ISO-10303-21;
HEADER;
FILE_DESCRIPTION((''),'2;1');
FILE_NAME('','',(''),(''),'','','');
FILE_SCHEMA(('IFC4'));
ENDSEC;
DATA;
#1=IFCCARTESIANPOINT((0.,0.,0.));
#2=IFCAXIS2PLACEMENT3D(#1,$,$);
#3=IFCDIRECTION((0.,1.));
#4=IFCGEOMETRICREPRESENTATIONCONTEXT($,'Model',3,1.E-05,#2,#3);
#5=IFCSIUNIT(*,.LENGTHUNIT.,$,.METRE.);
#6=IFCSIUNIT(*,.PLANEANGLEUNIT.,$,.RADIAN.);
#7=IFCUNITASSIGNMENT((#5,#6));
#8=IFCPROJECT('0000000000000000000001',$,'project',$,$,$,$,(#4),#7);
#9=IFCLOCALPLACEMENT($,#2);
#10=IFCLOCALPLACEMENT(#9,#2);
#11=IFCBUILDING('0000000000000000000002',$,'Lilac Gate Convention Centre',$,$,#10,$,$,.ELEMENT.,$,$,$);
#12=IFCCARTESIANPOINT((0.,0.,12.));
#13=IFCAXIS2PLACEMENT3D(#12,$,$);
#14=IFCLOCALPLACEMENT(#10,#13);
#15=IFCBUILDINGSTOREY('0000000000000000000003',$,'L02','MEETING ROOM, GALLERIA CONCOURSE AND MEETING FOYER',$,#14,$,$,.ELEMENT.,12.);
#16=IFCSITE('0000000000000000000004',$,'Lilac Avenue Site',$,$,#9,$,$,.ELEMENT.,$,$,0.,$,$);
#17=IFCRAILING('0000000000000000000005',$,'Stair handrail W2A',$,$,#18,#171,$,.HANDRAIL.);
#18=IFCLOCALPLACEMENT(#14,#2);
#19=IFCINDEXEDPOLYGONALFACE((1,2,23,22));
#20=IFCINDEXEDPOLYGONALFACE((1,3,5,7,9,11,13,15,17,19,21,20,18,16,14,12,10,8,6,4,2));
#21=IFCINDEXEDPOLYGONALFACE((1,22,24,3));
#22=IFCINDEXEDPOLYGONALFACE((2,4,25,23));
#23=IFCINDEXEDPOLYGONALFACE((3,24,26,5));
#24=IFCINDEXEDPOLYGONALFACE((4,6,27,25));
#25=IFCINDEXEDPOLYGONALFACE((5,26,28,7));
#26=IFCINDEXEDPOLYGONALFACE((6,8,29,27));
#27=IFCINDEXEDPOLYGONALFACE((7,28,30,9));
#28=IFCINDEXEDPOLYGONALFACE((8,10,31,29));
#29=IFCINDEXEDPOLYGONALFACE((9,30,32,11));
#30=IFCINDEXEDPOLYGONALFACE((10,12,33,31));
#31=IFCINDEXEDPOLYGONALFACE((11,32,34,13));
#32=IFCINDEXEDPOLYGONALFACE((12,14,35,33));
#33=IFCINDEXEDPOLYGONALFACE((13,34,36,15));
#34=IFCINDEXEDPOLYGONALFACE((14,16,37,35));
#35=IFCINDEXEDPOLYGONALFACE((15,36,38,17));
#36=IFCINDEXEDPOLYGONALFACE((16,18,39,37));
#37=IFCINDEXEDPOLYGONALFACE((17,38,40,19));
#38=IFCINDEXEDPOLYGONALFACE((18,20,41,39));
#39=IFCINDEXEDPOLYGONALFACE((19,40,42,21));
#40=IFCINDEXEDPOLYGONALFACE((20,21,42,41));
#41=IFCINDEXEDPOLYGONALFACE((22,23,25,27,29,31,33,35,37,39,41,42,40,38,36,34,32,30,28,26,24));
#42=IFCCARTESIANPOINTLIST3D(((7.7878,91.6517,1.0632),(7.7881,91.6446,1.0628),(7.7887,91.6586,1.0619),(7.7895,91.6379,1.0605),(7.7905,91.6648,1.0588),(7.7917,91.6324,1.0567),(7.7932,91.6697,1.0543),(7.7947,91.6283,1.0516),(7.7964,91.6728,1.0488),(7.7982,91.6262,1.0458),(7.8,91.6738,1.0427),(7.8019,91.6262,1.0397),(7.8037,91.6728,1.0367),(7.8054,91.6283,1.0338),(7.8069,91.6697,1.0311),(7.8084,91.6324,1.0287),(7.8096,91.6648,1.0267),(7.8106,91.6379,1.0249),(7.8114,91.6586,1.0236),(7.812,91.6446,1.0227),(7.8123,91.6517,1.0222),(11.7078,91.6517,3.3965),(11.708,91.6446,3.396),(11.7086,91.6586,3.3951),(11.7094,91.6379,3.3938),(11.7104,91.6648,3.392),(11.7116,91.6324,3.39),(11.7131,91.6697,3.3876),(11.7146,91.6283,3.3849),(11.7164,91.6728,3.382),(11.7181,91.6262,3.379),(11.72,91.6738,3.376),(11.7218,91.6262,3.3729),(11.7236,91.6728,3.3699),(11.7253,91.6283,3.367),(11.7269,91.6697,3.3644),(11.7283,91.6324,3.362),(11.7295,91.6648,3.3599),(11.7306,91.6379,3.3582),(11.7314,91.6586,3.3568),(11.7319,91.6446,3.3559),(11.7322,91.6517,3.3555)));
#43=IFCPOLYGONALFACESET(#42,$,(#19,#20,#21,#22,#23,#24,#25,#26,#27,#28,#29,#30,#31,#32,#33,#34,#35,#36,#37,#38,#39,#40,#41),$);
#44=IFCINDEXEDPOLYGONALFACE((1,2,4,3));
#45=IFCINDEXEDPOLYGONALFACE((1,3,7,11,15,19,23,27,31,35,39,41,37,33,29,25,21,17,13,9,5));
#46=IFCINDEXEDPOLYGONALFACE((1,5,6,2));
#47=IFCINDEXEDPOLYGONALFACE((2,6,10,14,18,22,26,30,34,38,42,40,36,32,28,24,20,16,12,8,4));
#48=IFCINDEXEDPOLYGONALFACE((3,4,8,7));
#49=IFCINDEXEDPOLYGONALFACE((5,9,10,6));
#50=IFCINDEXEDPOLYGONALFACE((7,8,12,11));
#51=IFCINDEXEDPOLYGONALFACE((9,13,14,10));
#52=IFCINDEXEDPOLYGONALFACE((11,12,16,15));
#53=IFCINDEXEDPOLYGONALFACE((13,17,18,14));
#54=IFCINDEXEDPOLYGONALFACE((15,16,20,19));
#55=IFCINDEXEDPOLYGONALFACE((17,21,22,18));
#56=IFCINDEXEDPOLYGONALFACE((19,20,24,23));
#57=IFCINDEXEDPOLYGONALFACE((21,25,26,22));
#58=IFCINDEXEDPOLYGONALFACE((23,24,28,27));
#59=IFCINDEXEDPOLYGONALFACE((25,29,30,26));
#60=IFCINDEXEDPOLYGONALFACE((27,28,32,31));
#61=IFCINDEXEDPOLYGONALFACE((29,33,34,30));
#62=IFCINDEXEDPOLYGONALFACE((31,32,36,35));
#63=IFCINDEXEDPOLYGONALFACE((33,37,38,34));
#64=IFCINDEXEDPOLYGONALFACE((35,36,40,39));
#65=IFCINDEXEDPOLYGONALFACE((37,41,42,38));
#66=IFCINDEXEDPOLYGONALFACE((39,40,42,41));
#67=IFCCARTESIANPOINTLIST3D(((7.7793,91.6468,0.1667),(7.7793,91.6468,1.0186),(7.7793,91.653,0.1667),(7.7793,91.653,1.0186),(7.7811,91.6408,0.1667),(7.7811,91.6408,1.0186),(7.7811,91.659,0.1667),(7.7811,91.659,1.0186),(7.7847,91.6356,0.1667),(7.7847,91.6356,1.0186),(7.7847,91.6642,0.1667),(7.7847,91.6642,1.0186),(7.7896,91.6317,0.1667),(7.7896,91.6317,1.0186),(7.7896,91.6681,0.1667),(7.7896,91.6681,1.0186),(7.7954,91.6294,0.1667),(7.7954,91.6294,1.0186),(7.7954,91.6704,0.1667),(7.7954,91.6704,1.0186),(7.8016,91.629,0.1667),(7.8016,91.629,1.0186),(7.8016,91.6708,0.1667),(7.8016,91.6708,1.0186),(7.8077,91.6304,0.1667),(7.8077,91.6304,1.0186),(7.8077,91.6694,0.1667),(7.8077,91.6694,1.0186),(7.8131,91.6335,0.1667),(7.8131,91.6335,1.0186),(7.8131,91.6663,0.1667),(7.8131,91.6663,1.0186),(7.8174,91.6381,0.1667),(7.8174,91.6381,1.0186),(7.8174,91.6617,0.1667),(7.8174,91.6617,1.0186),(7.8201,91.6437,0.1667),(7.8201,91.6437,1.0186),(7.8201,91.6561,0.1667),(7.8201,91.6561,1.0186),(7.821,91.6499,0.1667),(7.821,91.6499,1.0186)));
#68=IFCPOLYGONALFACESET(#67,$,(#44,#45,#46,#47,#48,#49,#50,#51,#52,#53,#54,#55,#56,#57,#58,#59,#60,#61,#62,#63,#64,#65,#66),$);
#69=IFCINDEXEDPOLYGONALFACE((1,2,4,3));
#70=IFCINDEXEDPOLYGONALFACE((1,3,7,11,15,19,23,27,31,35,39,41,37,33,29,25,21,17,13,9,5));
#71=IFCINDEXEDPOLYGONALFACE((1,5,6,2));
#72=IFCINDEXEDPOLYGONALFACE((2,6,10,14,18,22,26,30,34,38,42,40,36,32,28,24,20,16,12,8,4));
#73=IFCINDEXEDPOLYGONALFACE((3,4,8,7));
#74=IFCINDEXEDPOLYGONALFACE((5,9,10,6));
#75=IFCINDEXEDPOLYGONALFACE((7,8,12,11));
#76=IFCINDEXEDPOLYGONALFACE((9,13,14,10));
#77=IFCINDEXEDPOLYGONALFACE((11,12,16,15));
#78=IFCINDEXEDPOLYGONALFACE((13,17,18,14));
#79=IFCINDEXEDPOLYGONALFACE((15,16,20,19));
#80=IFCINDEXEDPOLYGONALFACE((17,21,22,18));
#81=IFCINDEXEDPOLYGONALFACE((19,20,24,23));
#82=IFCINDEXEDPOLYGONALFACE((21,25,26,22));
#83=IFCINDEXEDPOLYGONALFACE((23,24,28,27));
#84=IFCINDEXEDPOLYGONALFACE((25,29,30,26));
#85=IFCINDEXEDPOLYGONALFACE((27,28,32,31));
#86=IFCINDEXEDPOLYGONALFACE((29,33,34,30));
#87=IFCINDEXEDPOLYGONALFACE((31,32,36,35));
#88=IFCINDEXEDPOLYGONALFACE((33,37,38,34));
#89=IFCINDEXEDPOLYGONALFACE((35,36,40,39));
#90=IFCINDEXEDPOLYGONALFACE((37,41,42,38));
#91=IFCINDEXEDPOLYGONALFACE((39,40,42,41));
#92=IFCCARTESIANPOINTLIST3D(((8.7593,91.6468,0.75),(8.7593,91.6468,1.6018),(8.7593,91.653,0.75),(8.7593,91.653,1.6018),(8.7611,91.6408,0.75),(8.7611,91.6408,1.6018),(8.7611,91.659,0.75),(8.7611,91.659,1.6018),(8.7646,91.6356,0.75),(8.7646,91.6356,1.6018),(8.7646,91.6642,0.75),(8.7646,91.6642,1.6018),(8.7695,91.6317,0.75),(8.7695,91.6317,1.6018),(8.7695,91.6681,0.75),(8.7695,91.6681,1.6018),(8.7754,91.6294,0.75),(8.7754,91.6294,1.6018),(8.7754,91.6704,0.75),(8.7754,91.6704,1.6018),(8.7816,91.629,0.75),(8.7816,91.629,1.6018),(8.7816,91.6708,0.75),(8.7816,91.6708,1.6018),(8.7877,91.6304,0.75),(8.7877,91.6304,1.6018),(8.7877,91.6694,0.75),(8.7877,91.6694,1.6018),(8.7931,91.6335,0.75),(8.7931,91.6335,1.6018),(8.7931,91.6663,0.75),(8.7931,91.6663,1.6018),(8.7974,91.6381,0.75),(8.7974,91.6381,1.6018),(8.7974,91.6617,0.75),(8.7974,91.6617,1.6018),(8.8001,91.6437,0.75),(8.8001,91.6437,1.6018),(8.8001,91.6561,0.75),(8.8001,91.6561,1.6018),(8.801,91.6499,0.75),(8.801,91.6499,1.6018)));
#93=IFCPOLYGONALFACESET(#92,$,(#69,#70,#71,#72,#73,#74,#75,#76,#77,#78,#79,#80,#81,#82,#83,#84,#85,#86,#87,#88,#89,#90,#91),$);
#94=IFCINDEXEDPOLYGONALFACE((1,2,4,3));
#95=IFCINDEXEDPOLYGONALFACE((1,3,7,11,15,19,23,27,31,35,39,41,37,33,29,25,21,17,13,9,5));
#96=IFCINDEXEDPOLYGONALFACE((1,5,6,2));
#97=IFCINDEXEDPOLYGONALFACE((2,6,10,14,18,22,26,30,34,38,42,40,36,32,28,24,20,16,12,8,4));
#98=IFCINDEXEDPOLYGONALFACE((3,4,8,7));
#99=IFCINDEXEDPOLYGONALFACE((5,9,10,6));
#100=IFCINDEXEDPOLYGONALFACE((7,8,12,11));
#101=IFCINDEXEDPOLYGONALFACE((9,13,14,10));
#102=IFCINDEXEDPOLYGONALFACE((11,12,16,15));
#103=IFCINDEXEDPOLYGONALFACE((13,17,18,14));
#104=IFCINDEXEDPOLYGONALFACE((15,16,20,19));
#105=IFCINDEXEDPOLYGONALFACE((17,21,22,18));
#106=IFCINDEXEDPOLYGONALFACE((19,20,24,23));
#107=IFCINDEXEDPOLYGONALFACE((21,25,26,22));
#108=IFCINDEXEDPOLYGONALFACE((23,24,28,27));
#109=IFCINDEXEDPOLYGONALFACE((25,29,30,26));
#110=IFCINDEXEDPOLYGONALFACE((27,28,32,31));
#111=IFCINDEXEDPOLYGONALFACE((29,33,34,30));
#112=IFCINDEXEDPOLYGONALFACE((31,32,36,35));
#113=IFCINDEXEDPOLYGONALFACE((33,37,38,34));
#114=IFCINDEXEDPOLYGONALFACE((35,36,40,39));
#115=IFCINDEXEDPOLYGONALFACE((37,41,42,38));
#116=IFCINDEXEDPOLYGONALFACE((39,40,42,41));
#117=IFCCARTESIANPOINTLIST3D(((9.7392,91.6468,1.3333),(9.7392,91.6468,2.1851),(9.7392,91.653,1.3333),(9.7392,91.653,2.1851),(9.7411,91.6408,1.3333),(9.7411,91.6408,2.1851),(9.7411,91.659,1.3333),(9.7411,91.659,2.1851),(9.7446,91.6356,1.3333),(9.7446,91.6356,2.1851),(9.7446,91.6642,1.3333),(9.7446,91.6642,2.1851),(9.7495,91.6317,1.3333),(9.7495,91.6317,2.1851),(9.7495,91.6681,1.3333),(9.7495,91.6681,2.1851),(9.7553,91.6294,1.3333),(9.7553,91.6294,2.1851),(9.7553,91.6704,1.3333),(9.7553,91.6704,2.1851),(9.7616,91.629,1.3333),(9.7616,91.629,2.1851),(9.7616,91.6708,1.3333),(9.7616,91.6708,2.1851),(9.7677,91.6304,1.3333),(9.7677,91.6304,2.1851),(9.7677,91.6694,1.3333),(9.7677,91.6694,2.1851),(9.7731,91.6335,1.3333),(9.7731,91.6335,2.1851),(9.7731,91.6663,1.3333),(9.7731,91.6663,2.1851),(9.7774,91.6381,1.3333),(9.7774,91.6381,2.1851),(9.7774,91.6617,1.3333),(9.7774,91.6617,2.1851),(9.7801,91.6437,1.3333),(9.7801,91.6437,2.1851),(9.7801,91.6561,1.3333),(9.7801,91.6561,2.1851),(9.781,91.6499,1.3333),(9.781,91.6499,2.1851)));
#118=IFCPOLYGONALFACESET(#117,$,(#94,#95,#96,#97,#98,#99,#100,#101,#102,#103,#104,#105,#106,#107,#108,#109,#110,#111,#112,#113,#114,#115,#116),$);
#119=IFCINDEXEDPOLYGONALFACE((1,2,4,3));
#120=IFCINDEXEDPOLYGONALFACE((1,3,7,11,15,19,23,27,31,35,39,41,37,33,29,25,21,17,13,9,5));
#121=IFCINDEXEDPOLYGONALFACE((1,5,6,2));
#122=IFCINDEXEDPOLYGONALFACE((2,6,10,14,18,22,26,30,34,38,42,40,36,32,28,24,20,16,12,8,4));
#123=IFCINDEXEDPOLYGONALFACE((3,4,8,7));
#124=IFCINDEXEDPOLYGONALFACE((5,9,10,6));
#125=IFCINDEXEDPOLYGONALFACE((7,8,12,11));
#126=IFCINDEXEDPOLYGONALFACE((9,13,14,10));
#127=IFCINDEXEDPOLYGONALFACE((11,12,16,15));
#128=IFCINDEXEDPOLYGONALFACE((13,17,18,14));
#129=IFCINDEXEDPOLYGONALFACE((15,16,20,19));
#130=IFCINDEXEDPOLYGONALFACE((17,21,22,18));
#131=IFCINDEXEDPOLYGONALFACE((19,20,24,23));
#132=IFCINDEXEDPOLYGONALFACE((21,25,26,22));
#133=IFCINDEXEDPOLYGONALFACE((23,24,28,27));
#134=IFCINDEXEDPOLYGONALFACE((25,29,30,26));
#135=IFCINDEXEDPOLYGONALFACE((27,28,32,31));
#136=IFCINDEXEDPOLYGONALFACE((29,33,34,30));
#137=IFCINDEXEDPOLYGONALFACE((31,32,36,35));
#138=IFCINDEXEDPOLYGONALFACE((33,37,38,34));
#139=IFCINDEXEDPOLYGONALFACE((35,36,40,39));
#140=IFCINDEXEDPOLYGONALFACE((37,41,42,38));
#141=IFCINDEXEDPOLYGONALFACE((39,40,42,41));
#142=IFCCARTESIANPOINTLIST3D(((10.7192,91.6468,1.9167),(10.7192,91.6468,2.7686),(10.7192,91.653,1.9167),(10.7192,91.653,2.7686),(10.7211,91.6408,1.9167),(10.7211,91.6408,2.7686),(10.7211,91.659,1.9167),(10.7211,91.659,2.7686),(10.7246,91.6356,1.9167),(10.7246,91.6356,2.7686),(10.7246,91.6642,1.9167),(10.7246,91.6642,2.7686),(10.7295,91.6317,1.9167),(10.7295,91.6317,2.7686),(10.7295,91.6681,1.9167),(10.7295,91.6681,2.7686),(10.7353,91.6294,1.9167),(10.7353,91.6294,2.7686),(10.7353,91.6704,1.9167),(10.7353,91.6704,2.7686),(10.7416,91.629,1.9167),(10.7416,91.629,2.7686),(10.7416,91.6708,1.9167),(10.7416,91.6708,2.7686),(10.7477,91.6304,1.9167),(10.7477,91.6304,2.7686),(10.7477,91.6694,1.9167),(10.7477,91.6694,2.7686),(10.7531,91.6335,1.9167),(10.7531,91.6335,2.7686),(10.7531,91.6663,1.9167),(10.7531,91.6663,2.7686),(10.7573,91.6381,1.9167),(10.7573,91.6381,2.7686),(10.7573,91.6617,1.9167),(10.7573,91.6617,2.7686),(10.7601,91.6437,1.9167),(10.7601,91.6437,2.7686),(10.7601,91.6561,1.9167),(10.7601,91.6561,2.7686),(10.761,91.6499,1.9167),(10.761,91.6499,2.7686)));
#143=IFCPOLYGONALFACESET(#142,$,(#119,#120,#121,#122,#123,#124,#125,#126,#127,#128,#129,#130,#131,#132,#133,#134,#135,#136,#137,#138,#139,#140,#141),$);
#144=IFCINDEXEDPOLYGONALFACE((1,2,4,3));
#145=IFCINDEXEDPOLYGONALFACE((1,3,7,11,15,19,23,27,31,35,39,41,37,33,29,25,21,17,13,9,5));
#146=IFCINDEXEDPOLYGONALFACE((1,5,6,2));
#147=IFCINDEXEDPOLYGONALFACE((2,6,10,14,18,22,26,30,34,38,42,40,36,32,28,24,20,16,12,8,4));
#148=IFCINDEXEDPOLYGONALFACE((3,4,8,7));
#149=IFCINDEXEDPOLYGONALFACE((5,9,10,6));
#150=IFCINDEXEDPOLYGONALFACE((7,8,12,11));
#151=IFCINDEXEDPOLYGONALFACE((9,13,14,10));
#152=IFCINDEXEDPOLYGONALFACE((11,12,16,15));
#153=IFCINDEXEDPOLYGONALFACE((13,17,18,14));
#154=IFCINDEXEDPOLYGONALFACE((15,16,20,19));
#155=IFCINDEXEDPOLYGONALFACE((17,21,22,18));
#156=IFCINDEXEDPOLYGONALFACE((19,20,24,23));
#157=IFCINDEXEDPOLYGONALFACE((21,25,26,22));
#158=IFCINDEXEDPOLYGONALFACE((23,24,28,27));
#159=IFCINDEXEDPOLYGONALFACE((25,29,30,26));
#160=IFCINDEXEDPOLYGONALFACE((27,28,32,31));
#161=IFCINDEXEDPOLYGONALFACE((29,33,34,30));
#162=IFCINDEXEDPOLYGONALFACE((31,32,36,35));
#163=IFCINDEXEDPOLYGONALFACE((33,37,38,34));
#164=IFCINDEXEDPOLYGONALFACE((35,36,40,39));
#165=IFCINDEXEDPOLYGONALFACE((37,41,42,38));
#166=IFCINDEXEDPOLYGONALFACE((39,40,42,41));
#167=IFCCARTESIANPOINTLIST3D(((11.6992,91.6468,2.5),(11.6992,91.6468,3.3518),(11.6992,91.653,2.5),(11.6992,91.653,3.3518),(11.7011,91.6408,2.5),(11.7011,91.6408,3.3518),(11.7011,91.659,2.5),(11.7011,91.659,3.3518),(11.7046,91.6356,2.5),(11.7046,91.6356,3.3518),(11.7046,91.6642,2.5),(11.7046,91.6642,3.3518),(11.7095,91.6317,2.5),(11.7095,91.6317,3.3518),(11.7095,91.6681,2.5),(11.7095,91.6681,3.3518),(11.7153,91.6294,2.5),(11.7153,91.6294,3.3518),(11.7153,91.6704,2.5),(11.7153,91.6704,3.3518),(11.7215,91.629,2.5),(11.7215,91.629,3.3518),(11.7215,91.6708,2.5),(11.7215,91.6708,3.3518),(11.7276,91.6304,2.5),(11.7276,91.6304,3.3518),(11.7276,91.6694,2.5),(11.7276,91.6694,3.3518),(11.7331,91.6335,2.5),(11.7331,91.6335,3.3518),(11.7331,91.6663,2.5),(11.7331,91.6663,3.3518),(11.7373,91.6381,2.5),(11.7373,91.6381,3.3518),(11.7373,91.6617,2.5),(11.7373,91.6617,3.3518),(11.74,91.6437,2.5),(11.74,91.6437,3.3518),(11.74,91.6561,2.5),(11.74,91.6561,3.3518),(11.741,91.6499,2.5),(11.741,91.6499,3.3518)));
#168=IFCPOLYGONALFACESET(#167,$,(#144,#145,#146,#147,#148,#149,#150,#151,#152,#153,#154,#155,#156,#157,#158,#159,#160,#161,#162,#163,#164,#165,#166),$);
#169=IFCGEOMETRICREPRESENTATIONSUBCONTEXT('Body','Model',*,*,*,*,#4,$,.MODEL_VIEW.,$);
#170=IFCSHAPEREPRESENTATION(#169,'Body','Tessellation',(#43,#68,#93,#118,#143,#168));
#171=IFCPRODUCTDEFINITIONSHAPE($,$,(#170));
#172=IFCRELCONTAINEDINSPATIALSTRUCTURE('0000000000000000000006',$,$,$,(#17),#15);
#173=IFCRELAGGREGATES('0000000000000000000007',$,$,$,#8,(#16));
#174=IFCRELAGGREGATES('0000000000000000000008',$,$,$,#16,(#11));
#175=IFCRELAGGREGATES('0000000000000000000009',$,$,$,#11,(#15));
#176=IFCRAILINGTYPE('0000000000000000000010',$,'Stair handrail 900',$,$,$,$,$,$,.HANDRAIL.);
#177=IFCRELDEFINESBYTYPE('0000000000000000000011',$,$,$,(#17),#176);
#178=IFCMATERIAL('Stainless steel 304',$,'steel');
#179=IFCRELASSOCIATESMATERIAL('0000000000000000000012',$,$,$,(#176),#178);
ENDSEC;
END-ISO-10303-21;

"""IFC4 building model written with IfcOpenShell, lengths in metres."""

from ifc_helpers import new_model, si_unit, direction, frame, origin, origin_2d, place, context, subcontext, project, spatial, circle, extrude, material, type_object, element, save


model = new_model("IFC4")

# Units and contexts
model_context = context("Model", 3, precision=1e-05, world=origin(), true_north=direction((0.0, 1.0)))
body_context = subcontext(model_context, "Body", "Model", "MODEL_VIEW")
ifc_project = project(units=[si_unit("LENGTHUNIT", "METRE"), si_unit("PLANEANGLEUNIT", "RADIAN")], contexts=[model_context])

# Site, building, storey
site_placement = place(None, origin())
site = spatial("IfcSite", under=ifc_project, at=site_placement, Name="Lilac Avenue Site", CompositionType="ELEMENT", RefElevation=0.0)
building_placement = place(site_placement, origin())
building = spatial("IfcBuilding", under=site, at=building_placement, Name="Lilac Gate Convention Centre", CompositionType="ELEMENT")
storey_placement = place(building_placement, frame((0.0, 0.0, 12.0)))
storey = spatial("IfcBuildingStorey", under=building, at=storey_placement, Name="L02", Description="MEETING ROOM, GALLERIA CONCOURSE AND MEETING FOYER", CompositionType="ELEMENT", Elevation=12.0)

# Shared definitions
ifc_material_1 = material(Name="Stainless steel 304", Category="steel")

# Railing
railing_type = type_object("IfcRailingType", Name="Stair handrail 900", PredefinedType="HANDRAIL", material=ifc_material_1)
for number, where, name in (
    (1, (7.8, 91.6499, 0.1667), "Stair handrail W2A"),
):
    element("IfcRailing", number, at=place(storey_placement, frame(where)), inside=storey, type_object=railing_type, Name=name, PredefinedType="HANDRAIL", context=body_context, shape_type="SweptSolid", body=[
        extrude(circle(Radius=0.0239, at=origin_2d()), frame((0.0, 0.0, 0.876), z_axis=(0.859296, 0.0, 0.511478), x_axis=(0.0, 1.0, 0.0)), (0.0, 0.0, 1.0), 4.5618),
        extrude(circle(Radius=0.021, at=origin_2d()), origin(), (0.0, 0.0, 1.0), 0.8518),
        extrude(circle(Radius=0.021, at=origin_2d()), frame((0.98, 0.0, 0.5833)), (0.0, 0.0, 1.0), 0.8518),
        extrude(circle(Radius=0.021, at=origin_2d()), frame((1.96, 0.0, 1.1665)), (0.0, 0.0, 1.0), 0.8518),
        extrude(circle(Radius=0.021, at=origin_2d()), frame((2.9399, 0.0, 1.75)), (0.0, 0.0, 1.0), 0.8518),
        extrude(circle(Radius=0.021, at=origin_2d()), frame((3.9199, 0.0, 2.3333)), (0.0, 0.0, 1.0), 0.8518),
    ])

save(model, "model.ifc")
